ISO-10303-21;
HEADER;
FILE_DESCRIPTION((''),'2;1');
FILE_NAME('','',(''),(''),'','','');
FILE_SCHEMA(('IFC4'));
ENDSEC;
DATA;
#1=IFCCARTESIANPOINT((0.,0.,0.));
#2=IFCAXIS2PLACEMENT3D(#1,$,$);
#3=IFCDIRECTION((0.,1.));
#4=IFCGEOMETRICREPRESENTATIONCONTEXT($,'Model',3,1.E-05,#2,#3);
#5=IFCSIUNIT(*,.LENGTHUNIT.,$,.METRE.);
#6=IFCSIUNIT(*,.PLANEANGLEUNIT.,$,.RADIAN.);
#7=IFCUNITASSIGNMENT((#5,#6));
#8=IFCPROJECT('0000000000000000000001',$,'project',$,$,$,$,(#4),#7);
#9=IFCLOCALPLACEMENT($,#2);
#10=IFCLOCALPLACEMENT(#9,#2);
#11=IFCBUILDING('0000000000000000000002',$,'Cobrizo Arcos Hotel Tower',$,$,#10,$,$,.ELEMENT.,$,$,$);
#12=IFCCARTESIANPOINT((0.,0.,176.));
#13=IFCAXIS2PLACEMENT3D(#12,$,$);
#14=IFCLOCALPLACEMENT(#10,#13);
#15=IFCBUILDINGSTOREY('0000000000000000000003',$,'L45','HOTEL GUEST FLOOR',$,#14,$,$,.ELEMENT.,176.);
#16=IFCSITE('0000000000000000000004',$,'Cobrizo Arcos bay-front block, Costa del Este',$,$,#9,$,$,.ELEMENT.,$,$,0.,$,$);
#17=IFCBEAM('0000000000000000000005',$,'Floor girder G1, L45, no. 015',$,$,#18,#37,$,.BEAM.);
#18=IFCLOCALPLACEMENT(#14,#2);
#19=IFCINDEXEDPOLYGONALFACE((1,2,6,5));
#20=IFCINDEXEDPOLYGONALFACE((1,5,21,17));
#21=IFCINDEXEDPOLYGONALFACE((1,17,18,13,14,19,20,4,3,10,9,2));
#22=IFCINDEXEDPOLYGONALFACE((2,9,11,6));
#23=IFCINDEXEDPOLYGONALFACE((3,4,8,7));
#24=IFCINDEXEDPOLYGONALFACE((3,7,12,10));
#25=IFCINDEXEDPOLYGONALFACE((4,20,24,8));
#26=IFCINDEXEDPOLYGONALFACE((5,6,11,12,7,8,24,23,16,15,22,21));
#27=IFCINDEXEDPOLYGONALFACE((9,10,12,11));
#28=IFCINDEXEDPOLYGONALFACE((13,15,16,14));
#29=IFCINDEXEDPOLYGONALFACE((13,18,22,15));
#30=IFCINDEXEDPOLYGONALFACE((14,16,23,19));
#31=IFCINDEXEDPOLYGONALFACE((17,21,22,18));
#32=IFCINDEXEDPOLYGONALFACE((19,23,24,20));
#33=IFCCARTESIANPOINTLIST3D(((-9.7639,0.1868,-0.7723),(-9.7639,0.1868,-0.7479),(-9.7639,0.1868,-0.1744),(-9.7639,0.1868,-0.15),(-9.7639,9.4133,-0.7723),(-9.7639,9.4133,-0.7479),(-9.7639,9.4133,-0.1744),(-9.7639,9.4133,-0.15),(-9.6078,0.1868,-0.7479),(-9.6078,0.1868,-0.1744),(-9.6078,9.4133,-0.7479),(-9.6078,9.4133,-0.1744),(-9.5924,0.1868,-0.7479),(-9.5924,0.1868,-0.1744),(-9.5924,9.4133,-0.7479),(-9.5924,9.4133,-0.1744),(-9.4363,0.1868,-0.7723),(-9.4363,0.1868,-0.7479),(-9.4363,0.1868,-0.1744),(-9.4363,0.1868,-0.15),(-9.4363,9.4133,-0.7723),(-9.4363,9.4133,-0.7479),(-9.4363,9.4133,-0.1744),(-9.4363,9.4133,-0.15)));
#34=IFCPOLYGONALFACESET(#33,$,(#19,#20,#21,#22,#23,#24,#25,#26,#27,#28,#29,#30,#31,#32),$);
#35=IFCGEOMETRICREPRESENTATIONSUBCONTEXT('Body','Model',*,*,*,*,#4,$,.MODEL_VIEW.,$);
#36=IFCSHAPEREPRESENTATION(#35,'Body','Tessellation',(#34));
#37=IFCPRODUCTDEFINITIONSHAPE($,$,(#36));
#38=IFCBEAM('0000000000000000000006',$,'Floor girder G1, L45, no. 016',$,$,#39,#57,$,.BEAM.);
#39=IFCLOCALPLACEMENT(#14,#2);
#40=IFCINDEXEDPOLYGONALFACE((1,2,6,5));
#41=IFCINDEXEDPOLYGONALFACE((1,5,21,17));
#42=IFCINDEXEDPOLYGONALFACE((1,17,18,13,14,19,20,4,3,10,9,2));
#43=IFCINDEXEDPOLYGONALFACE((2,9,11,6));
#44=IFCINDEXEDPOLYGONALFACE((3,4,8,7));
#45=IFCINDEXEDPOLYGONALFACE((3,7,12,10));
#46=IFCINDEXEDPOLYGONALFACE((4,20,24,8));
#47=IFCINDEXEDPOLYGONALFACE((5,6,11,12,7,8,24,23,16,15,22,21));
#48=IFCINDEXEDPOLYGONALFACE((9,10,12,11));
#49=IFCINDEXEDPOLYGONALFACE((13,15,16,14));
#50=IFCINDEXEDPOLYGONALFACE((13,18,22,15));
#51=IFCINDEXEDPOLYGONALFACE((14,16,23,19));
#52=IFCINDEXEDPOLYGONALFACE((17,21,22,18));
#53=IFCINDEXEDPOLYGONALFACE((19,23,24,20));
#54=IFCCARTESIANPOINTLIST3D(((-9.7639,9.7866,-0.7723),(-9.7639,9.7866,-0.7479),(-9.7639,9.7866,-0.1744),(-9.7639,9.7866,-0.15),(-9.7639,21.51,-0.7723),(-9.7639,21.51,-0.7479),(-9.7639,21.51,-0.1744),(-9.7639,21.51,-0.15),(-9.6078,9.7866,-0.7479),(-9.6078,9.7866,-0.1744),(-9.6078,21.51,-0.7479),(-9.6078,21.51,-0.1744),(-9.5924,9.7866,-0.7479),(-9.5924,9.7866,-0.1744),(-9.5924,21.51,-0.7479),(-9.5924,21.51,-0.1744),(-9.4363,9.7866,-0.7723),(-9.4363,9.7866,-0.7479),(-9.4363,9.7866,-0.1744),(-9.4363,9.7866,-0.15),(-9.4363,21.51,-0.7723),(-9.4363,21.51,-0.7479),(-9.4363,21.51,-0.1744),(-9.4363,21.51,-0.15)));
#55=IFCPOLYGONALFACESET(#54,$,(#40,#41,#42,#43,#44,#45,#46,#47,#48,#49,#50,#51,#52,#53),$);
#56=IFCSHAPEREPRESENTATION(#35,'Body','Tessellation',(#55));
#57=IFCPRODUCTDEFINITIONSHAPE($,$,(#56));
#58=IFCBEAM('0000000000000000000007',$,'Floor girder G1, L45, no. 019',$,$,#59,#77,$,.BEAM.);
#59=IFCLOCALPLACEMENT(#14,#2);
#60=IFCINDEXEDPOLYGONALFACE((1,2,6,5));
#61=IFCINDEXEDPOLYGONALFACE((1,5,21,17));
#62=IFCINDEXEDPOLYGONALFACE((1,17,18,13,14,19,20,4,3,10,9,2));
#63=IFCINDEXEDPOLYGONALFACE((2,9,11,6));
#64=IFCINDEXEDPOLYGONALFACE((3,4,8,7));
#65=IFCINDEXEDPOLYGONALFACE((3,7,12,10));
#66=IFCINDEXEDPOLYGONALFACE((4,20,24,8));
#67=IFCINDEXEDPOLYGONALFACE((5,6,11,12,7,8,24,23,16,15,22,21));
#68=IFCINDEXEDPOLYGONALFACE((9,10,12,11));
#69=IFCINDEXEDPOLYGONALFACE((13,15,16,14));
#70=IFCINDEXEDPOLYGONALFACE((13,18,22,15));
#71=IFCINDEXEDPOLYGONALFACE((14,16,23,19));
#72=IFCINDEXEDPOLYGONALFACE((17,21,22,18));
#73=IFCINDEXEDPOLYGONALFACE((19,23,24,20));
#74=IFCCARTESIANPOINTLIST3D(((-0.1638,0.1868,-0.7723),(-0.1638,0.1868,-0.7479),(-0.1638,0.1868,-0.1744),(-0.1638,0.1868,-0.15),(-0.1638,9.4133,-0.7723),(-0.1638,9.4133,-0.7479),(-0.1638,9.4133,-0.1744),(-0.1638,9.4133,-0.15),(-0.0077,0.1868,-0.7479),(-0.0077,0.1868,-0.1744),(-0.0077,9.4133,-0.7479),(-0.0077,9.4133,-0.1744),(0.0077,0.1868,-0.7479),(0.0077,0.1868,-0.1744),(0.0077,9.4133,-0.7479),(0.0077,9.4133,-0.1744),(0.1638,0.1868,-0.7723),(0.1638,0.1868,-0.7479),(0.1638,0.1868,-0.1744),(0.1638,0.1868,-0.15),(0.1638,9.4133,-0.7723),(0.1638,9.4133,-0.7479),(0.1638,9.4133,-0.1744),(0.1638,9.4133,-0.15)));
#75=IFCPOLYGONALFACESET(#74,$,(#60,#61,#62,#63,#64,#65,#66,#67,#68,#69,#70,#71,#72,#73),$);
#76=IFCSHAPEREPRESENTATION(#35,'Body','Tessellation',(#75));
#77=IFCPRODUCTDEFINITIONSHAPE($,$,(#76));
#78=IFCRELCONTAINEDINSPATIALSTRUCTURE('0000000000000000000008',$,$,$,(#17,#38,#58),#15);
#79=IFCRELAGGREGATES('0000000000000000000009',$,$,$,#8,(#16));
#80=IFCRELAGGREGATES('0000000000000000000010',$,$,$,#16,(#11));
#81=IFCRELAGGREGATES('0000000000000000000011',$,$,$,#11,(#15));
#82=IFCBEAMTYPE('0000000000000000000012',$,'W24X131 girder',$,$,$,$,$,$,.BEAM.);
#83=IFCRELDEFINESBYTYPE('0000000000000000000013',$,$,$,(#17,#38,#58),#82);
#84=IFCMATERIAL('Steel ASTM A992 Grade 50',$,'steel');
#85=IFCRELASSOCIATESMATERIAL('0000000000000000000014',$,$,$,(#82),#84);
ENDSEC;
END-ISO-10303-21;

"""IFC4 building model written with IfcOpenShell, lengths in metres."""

from ifc_helpers import new_model, si_unit, direction, frame, origin, origin_2d, place, context, subcontext, project, spatial, i_section, extrude, material, material_profile, profile_set, type_object, element, save


model = new_model("IFC4")

# Units and contexts
model_context = context("Model", 3, precision=1e-05, world=origin(), true_north=direction((0.0, 1.0)))
body_context = subcontext(model_context, "Body", "Model", "MODEL_VIEW")
ifc_project = project(units=[si_unit("LENGTHUNIT", "METRE"), si_unit("PLANEANGLEUNIT", "RADIAN")], contexts=[model_context])

# Site, building, storey
site_placement = place(None, origin())
site = spatial("IfcSite", under=ifc_project, at=site_placement, Name="Cobrizo Arcos bay-front block, Costa del Este", CompositionType="ELEMENT", RefElevation=0.0)
building_placement = place(site_placement, origin())
building = spatial("IfcBuilding", under=site, at=building_placement, Name="Cobrizo Arcos Hotel Tower", CompositionType="ELEMENT")
storey_placement = place(building_placement, frame((0.0, 0.0, 176.0)))
storey = spatial("IfcBuildingStorey", under=building, at=storey_placement, Name="L45", Description="HOTEL GUEST FLOOR", CompositionType="ELEMENT", Elevation=176.0)

# Shared definitions
ifc_material_1 = material(Name="Steel ASTM A992 Grade 50", Category="steel")

# Beams
ifc_material_profile_1 = material_profile(ifc_material_1, i_section(OverallWidth=0.3276, OverallDepth=0.6223, WebThickness=0.0154, FlangeThickness=0.0244, at=origin_2d()), Name="W24X131")
ifc_profile_set_1 = profile_set([ifc_material_profile_1], Name="Steel ASTM A992 Grade 50")
beam_type_1 = type_object("IfcBeamType", Name="W24X131 girder", PredefinedType="BEAM", material=ifc_profile_set_1)
for number, where, z_axis, x_axis, name in (
    (1, (-9.6001, 0.1868, -0.4612), (0.0, 1.0, 0.0), (-1.0, 0.0, 0.0), "Floor girder G1, L45, no. 015"),
):
    element("IfcBeam", number, at=place(storey_placement, frame(where, z_axis=z_axis, x_axis=x_axis)), inside=storey, type_object=beam_type_1, Name=name, PredefinedType="BEAM", context=body_context, shape_type="SweptSolid", body=[
        extrude(i_section(OverallWidth=0.3276, OverallDepth=0.6223, WebThickness=0.0154, FlangeThickness=0.0244, at=origin_2d()), origin(), (0.0, 0.0, 1.0), 9.2266),
    ])
beam_1_placement = place(storey_placement, frame((-9.6001, 9.7866, -0.4612), z_axis=(0.0, 1.0, 0.0), x_axis=(-1.0, 0.0, 0.0)))
element("IfcBeam", 2, at=beam_1_placement, inside=storey, type_object=beam_type_1, Name="Floor girder G1, L45, no. 016", PredefinedType="BEAM", context=body_context, shape_type="SweptSolid", body=[
    extrude(i_section(OverallWidth=0.3276, OverallDepth=0.6223, WebThickness=0.0154, FlangeThickness=0.0244, at=origin_2d()), origin(), (0.0, 0.0, 1.0), 11.7234),
])
beam_2_placement = place(storey_placement, frame((0.0, 0.1868, -0.4612), z_axis=(0.0, 1.0, 0.0), x_axis=(-1.0, 0.0, 0.0)))
element("IfcBeam", 3, at=beam_2_placement, inside=storey, type_object=beam_type_1, Name="Floor girder G1, L45, no. 019", PredefinedType="BEAM", context=body_context, shape_type="SweptSolid", body=[
    extrude(i_section(OverallWidth=0.3276, OverallDepth=0.6223, WebThickness=0.0154, FlangeThickness=0.0244, at=origin_2d()), origin(), (0.0, 0.0, 1.0), 9.2266),
])

save(model, "model.ifc")
